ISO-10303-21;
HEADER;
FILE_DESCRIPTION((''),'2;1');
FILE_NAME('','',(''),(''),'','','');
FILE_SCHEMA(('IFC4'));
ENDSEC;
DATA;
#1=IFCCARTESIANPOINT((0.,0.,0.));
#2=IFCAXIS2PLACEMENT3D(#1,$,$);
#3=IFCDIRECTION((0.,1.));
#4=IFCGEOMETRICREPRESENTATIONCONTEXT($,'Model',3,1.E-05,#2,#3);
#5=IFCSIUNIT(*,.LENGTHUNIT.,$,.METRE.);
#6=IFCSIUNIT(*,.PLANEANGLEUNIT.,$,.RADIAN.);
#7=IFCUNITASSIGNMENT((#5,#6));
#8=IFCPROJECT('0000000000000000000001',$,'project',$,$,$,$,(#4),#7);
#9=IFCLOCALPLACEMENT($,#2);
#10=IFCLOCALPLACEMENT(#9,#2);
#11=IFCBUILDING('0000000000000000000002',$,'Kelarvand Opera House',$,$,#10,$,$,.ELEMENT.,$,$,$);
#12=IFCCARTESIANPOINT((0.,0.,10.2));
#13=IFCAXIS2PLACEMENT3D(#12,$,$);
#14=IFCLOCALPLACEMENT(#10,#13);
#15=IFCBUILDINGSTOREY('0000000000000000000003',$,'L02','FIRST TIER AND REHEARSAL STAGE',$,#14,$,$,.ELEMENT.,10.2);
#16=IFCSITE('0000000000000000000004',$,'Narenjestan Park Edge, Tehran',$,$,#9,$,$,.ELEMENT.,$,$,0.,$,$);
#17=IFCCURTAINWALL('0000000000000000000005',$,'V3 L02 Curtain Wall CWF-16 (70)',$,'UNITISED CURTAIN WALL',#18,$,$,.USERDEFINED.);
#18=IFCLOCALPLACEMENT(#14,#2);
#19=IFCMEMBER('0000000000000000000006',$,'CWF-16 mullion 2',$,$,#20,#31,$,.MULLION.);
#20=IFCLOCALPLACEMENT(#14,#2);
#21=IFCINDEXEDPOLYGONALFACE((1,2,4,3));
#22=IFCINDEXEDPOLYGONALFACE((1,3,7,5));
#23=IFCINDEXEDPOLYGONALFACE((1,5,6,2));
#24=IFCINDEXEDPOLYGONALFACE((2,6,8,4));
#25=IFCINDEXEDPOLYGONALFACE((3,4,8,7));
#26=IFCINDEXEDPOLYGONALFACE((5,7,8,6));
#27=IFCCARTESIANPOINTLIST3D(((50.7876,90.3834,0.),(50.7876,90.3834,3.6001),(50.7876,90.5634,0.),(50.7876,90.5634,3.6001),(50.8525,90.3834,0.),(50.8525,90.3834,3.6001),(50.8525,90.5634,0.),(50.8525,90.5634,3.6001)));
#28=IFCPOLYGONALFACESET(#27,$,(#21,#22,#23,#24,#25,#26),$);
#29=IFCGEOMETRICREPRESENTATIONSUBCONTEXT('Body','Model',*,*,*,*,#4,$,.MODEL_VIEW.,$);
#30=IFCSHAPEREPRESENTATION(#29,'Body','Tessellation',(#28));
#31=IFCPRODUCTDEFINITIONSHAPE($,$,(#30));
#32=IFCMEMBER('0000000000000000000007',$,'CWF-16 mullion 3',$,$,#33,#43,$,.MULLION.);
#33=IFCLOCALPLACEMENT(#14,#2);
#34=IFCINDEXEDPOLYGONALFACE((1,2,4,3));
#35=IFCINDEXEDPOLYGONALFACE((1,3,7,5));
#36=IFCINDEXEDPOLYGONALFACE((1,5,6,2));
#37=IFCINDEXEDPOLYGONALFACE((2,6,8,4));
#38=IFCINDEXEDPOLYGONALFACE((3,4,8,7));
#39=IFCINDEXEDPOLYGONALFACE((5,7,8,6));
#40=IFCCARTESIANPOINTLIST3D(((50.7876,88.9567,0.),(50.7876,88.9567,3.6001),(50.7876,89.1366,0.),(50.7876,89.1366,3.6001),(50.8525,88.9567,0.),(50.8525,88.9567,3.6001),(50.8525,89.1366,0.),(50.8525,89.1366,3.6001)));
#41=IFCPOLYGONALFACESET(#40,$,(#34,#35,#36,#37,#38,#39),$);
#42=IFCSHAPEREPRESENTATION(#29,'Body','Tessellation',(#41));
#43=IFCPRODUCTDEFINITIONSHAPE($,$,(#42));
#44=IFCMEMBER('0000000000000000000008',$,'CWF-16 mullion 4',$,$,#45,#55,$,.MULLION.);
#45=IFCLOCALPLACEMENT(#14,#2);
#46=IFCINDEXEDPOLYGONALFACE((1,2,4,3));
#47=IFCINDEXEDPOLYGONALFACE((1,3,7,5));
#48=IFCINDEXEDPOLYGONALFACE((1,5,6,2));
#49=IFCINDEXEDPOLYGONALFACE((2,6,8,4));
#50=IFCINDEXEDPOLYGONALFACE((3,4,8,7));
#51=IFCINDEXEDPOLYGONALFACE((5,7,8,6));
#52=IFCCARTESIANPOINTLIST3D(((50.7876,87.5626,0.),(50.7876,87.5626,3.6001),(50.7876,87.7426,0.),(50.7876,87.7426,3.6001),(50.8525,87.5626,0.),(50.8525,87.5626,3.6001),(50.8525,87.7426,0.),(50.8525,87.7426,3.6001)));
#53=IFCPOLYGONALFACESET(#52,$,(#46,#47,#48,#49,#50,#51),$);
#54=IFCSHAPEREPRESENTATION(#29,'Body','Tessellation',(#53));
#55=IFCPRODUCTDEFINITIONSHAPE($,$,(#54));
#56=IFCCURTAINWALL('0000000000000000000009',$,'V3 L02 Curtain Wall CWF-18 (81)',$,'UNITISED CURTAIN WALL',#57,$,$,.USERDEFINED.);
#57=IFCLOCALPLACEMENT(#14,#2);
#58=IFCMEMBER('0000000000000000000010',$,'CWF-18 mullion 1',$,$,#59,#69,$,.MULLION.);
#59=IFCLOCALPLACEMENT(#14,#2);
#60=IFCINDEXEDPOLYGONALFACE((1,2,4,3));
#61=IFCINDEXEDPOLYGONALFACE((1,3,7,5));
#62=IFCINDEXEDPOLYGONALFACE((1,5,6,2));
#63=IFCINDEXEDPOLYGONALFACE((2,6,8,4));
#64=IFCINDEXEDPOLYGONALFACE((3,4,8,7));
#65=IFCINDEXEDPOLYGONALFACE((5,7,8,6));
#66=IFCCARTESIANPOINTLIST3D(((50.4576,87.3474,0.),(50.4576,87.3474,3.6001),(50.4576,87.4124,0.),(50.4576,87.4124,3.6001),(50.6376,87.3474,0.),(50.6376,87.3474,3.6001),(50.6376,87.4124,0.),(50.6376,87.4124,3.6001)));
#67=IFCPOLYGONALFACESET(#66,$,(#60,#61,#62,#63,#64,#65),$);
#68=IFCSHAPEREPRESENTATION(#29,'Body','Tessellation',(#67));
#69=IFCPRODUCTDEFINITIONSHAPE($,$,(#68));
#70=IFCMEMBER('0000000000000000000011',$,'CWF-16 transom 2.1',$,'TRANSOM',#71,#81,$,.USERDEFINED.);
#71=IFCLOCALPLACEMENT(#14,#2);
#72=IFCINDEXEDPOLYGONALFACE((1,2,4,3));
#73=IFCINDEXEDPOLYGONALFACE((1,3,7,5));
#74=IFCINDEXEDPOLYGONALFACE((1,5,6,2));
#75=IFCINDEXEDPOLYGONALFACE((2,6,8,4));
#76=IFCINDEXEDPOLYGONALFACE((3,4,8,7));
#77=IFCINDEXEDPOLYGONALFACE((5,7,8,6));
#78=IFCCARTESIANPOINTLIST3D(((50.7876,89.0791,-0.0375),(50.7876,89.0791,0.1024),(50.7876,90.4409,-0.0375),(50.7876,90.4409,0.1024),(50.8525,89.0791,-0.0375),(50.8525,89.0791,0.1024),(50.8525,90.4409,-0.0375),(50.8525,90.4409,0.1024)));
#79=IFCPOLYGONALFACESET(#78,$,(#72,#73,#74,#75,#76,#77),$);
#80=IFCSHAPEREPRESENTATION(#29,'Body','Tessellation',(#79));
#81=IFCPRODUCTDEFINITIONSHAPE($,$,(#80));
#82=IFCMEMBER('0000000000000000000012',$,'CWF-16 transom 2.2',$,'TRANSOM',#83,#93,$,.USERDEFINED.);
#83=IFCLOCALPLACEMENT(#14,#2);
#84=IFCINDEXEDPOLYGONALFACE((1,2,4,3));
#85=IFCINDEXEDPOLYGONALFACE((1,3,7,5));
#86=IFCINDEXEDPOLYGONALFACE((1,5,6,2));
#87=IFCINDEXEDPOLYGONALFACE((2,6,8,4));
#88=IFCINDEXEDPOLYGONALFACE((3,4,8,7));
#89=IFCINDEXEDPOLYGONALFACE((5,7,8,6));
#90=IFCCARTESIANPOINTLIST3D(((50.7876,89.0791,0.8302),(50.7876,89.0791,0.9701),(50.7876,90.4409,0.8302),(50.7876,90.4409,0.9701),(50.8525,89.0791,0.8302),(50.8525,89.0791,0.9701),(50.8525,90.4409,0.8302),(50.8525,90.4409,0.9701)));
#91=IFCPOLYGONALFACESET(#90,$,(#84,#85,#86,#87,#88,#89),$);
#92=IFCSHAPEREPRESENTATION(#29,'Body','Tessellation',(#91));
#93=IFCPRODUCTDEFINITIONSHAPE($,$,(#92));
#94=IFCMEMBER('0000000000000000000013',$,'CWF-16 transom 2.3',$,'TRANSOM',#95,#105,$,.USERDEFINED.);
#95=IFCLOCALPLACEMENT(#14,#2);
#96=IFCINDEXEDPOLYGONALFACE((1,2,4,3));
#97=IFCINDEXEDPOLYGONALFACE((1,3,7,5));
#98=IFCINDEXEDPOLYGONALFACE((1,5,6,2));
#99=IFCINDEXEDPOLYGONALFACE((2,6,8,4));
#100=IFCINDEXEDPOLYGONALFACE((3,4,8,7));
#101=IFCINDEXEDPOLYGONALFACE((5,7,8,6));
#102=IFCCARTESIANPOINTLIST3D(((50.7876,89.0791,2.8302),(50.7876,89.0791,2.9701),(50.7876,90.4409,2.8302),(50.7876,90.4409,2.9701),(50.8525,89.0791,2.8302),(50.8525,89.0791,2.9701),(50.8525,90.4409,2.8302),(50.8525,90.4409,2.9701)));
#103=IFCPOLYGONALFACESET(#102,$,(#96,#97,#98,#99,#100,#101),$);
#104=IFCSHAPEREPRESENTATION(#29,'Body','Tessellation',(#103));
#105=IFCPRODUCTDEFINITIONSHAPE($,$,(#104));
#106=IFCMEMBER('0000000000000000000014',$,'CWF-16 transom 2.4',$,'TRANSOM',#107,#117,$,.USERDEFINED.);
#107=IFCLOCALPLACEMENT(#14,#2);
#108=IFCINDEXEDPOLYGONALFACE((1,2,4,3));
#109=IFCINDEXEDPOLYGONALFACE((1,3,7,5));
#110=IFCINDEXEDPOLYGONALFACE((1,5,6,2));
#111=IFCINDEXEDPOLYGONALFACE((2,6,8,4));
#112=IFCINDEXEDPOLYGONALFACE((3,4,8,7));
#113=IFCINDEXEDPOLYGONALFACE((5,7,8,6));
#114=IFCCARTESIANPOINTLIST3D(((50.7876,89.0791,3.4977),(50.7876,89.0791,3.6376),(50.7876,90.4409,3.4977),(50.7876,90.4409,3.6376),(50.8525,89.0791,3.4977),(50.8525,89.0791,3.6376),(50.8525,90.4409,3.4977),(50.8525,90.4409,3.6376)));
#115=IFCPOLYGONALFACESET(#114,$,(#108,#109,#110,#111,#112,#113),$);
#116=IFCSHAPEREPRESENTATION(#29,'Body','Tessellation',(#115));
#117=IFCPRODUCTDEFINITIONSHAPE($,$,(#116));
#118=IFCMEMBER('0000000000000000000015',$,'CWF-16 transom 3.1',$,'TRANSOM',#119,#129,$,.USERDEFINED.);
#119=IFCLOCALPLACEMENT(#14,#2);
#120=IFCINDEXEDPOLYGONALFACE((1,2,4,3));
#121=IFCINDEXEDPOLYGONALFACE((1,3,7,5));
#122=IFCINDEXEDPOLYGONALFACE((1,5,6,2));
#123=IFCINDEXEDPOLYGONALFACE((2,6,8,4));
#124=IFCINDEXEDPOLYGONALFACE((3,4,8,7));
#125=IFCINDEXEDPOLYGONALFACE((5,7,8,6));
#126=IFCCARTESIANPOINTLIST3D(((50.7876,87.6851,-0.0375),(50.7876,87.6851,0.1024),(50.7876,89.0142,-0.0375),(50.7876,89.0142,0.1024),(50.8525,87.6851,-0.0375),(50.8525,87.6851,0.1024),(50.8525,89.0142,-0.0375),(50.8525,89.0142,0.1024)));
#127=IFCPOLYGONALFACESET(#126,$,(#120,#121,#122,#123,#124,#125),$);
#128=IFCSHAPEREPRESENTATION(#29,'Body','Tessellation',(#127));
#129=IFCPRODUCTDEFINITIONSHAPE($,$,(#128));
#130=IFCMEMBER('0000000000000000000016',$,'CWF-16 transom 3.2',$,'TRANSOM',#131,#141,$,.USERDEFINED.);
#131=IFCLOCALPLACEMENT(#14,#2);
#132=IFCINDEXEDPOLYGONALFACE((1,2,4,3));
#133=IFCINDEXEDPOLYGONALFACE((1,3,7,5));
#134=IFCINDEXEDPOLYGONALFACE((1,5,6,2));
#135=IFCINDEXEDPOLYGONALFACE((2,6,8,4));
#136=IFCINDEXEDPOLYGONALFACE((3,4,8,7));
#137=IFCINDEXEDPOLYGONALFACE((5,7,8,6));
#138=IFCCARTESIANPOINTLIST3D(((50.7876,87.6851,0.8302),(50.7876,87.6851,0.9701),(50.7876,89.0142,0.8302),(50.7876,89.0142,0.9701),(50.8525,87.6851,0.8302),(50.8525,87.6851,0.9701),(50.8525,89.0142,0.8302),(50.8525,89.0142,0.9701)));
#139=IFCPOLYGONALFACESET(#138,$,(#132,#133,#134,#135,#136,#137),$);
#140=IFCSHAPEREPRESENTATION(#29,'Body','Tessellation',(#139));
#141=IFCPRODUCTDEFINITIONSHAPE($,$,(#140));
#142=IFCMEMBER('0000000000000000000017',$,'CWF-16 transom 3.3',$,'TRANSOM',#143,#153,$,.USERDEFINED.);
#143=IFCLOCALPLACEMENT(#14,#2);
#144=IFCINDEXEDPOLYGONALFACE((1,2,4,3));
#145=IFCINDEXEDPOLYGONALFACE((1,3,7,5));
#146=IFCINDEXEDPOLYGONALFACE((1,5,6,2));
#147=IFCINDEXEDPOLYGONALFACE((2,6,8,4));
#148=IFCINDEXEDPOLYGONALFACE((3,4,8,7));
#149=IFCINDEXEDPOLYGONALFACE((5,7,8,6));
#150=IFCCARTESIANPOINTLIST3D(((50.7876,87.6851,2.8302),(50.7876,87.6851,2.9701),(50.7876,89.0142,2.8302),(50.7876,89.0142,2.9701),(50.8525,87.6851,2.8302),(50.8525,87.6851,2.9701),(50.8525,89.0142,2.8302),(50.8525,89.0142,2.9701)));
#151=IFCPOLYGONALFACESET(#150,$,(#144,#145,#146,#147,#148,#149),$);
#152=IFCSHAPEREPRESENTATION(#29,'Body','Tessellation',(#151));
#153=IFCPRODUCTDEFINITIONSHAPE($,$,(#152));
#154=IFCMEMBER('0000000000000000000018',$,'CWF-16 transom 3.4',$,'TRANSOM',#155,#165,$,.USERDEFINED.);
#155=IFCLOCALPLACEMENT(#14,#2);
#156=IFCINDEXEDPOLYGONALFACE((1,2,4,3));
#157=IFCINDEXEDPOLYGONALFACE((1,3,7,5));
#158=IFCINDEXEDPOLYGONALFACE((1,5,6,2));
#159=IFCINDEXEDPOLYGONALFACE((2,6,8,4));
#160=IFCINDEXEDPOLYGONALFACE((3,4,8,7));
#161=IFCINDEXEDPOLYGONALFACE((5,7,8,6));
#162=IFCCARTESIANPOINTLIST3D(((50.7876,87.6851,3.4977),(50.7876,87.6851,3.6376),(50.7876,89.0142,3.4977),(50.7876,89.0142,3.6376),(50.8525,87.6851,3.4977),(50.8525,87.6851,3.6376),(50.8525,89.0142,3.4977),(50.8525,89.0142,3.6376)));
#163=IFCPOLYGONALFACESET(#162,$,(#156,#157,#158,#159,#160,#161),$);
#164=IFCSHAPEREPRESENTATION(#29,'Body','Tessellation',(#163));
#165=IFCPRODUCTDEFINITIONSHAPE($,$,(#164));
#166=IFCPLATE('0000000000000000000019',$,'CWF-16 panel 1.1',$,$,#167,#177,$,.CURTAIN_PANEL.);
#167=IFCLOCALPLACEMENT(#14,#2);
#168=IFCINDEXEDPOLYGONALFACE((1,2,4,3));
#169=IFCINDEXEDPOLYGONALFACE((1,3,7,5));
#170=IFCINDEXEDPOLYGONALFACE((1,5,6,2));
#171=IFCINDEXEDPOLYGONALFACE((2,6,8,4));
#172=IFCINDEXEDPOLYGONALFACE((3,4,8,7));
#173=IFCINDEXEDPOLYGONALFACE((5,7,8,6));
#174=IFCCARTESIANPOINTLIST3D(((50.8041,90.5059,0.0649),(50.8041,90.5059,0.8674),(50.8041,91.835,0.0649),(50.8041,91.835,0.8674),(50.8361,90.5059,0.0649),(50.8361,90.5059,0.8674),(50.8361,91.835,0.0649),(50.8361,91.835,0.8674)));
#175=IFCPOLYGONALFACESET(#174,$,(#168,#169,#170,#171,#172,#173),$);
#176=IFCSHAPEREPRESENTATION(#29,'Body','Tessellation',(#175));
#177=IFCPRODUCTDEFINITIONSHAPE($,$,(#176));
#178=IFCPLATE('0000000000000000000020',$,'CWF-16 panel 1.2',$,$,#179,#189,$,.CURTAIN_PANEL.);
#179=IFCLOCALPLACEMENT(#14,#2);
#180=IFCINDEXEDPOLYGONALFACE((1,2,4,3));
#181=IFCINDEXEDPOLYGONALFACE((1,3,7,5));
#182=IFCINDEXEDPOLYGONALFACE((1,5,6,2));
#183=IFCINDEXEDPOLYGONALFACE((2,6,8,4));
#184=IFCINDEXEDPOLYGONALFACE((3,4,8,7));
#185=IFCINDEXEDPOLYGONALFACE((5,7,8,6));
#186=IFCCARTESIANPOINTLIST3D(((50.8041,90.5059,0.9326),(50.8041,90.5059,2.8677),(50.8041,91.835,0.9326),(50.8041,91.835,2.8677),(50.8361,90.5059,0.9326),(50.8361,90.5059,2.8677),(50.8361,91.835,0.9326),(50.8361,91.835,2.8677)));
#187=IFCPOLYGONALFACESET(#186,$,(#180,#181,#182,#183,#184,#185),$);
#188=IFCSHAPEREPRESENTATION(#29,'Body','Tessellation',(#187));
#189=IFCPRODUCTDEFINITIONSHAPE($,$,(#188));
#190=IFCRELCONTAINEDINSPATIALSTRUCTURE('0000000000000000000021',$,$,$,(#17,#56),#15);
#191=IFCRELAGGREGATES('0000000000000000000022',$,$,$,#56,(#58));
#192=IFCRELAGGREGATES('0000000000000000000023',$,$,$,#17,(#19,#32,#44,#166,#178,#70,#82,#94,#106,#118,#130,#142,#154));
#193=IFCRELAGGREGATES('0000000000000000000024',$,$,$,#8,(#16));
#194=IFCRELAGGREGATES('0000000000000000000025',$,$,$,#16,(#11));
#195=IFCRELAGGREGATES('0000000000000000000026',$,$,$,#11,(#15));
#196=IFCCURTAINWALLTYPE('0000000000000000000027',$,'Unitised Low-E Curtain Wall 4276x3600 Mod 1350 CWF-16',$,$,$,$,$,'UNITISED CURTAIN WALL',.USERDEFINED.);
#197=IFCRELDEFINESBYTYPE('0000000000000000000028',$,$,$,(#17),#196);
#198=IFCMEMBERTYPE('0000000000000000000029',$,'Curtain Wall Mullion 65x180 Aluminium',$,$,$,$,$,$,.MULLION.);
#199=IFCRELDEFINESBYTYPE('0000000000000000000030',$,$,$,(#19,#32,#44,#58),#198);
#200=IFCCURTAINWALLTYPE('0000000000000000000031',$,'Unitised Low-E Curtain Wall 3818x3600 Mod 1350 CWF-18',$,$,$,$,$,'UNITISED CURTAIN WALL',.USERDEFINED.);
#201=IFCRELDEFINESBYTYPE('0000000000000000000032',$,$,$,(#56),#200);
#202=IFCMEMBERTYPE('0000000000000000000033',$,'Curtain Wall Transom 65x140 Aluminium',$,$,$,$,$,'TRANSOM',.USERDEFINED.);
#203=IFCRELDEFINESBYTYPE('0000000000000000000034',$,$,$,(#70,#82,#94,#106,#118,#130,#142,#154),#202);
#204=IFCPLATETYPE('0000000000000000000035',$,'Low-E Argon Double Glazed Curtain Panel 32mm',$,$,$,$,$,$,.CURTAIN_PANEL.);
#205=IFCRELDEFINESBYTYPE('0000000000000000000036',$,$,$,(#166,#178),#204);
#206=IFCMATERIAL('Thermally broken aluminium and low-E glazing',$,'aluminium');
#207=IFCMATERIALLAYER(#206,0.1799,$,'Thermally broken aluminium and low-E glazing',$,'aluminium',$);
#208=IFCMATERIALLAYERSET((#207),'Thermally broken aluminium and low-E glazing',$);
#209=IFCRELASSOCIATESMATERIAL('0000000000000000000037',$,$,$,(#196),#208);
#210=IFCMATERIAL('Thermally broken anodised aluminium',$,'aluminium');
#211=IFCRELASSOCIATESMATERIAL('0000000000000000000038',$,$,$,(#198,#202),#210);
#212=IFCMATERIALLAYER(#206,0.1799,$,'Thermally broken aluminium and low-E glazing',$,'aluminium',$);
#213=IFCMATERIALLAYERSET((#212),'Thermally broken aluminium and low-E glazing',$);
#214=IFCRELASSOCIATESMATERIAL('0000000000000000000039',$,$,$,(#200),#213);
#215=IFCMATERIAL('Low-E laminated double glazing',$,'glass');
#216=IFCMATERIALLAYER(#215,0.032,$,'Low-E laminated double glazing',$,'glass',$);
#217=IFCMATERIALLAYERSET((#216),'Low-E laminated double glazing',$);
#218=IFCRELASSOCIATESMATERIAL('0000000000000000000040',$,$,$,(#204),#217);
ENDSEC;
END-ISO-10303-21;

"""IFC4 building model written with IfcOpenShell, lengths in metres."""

from ifc_helpers import new_model, si_unit, direction, frame, origin, origin_2d, place, context, subcontext, project, spatial, rectangle, extrude, material, layer, layer_set, material_profile, profile_set, type_object, element, aggregate, save


model = new_model("IFC4")

# Units and contexts
model_context = context("Model", 3, precision=1e-05, world=origin(), true_north=direction((0.0, 1.0)))
body_context = subcontext(model_context, "Body", "Model", "MODEL_VIEW")
ifc_project = project(units=[si_unit("LENGTHUNIT", "METRE"), si_unit("PLANEANGLEUNIT", "RADIAN")], contexts=[model_context])

# Site, building, storey
site_placement = place(None, origin())
site = spatial("IfcSite", under=ifc_project, at=site_placement, Name="Narenjestan Park Edge, Tehran", CompositionType="ELEMENT", RefElevation=0.0)
building_placement = place(site_placement, origin())
building = spatial("IfcBuilding", under=site, at=building_placement, Name="Kelarvand Opera House", CompositionType="ELEMENT")
storey_placement = place(building_placement, frame((0.0, 0.0, 10.2)))
storey = spatial("IfcBuildingStorey", under=building, at=storey_placement, Name="L02", Description="FIRST TIER AND REHEARSAL STAGE", CompositionType="ELEMENT", Elevation=10.2)

# Curtain wall, members
ifc_material_1 = material(Name="Thermally broken aluminium and low-E glazing", Category="aluminium")
ifc_layer_1 = layer(ifc_material_1, 0.1799, Name="Thermally broken aluminium and low-E glazing", Category="aluminium")
ifc_layer_set_1 = layer_set([ifc_layer_1], Name="Thermally broken aluminium and low-E glazing")
curtain_wall_type_1 = type_object("IfcCurtainWallType", Name="Unitised Low-E Curtain Wall 4276x3600 Mod 1350 CWF-16", ElementType="UNITISED CURTAIN WALL", PredefinedType="USERDEFINED", material=ifc_layer_set_1)
curtain_wall_1_placement = place(storey_placement, origin())
curtain_wall_1 = element("IfcCurtainWall", 1, at=curtain_wall_1_placement, inside=storey, type_object=curtain_wall_type_1, Name="V3 L02 Curtain Wall CWF-16 (70)", ObjectType="UNITISED CURTAIN WALL", PredefinedType="USERDEFINED")
ifc_material_2 = material(Name="Thermally broken anodised aluminium", Category="aluminium")
ifc_material_profile_1 = material_profile(ifc_material_2, rectangle(XDim=0.0649, YDim=0.1799, at=origin_2d()), Name="ALU MULLION 65x180", Category="aluminium")
ifc_profile_set_1 = profile_set([ifc_material_profile_1], Name="Thermally broken anodised aluminium")
member_type_1 = type_object("IfcMemberType", Name="Curtain Wall Mullion 65x180 Aluminium", PredefinedType="MULLION", material=ifc_profile_set_1)
member_1_placement = place(storey_placement, frame((50.8201, 90.4734, 0.0), z_axis=(0.0, 0.0, 1.0), x_axis=(1.0, 0.0, 0.0)))
member_1 = element("IfcMember", 2, at=member_1_placement, type_object=member_type_1, Name="CWF-16 mullion 2", PredefinedType="MULLION", context=body_context, shape_type="SweptSolid", body=[
    extrude(rectangle(XDim=0.0649, YDim=0.1799, at=origin_2d()), origin(), (0.0, 0.0, 1.0), 3.6001),
])
member_2_placement = place(storey_placement, frame((50.8201, 89.0466, 0.0), z_axis=(0.0, 0.0, 1.0), x_axis=(1.0, 0.0, 0.0)))
member_2 = element("IfcMember", 3, at=member_2_placement, type_object=member_type_1, Name="CWF-16 mullion 3", PredefinedType="MULLION", context=body_context, shape_type="SweptSolid", body=[
    extrude(rectangle(XDim=0.0649, YDim=0.1799, at=origin_2d()), origin(), (0.0, 0.0, 1.0), 3.6001),
])
member_3_placement = place(storey_placement, frame((50.8201, 87.6526, 0.0), z_axis=(0.0, 0.0, 1.0), x_axis=(1.0, 0.0, 0.0)))
member_3 = element("IfcMember", 4, at=member_3_placement, type_object=member_type_1, Name="CWF-16 mullion 4", PredefinedType="MULLION", context=body_context, shape_type="SweptSolid", body=[
    extrude(rectangle(XDim=0.0649, YDim=0.1799, at=origin_2d()), origin(), (0.0, 0.0, 1.0), 3.6001),
])

# Curtain wall, member
ifc_layer_2 = layer(ifc_material_1, 0.1799, Name="Thermally broken aluminium and low-E glazing", Category="aluminium")
ifc_layer_set_2 = layer_set([ifc_layer_2], Name="Thermally broken aluminium and low-E glazing")
curtain_wall_type_2 = type_object("IfcCurtainWallType", Name="Unitised Low-E Curtain Wall 3818x3600 Mod 1350 CWF-18", ElementType="UNITISED CURTAIN WALL", PredefinedType="USERDEFINED", material=ifc_layer_set_2)
curtain_wall_2_placement = place(storey_placement, origin())
curtain_wall_2 = element("IfcCurtainWall", 5, at=curtain_wall_2_placement, inside=storey, type_object=curtain_wall_type_2, Name="V3 L02 Curtain Wall CWF-18 (81)", ObjectType="UNITISED CURTAIN WALL", PredefinedType="USERDEFINED")
member_4_placement = place(storey_placement, frame((50.5476, 87.3799, 0.0), z_axis=(0.0, 0.0, 1.0), x_axis=(0.0, -1.0, 0.0)))
member_4 = element("IfcMember", 6, at=member_4_placement, type_object=member_type_1, Name="CWF-18 mullion 1", PredefinedType="MULLION", context=body_context, shape_type="SweptSolid", body=[
    extrude(rectangle(XDim=0.0649, YDim=0.1799, at=origin_2d()), origin(), (0.0, 0.0, 1.0), 3.6001),
])
aggregate(curtain_wall_2, [member_4])

# Members
ifc_material_profile_2 = material_profile(ifc_material_2, rectangle(XDim=0.0649, YDim=0.1399, at=origin_2d()), Name="ALU TRANSOM 65x140", Category="aluminium")
ifc_profile_set_2 = profile_set([ifc_material_profile_2], Name="Thermally broken anodised aluminium")
member_type_2 = type_object("IfcMemberType", Name="Curtain Wall Transom 65x140 Aluminium", ElementType="TRANSOM", PredefinedType="USERDEFINED", material=ifc_profile_set_2)
member_5_placement = place(storey_placement, frame((50.8201, 90.4409, 0.0325), z_axis=(0.0, -1.0, 0.0), x_axis=(1.0, 0.0, 0.0)))
member_5 = element("IfcMember", 7, at=member_5_placement, type_object=member_type_2, Name="CWF-16 transom 2.1", ObjectType="TRANSOM", PredefinedType="USERDEFINED", context=body_context, shape_type="SweptSolid", body=[
    extrude(rectangle(XDim=0.0649, YDim=0.1399, at=origin_2d()), origin(), (0.0, 0.0, 1.0), 1.3618),
])
member_6_placement = place(storey_placement, frame((50.8201, 90.4409, 0.9001), z_axis=(0.0, -1.0, 0.0), x_axis=(1.0, 0.0, 0.0)))
member_6 = element("IfcMember", 8, at=member_6_placement, type_object=member_type_2, Name="CWF-16 transom 2.2", ObjectType="TRANSOM", PredefinedType="USERDEFINED", context=body_context, shape_type="SweptSolid", body=[
    extrude(rectangle(XDim=0.0649, YDim=0.1399, at=origin_2d()), origin(), (0.0, 0.0, 1.0), 1.3618),
])
member_7_placement = place(storey_placement, frame((50.8201, 90.4409, 2.9001), z_axis=(0.0, -1.0, 0.0), x_axis=(1.0, 0.0, 0.0)))
member_7 = element("IfcMember", 9, at=member_7_placement, type_object=member_type_2, Name="CWF-16 transom 2.3", ObjectType="TRANSOM", PredefinedType="USERDEFINED", context=body_context, shape_type="SweptSolid", body=[
    extrude(rectangle(XDim=0.0649, YDim=0.1399, at=origin_2d()), origin(), (0.0, 0.0, 1.0), 1.3618),
])
member_8_placement = place(storey_placement, frame((50.8201, 90.4409, 3.5676), z_axis=(0.0, -1.0, 0.0), x_axis=(1.0, 0.0, 0.0)))
member_8 = element("IfcMember", 10, at=member_8_placement, type_object=member_type_2, Name="CWF-16 transom 2.4", ObjectType="TRANSOM", PredefinedType="USERDEFINED", context=body_context, shape_type="SweptSolid", body=[
    extrude(rectangle(XDim=0.0649, YDim=0.1399, at=origin_2d()), origin(), (0.0, 0.0, 1.0), 1.3618),
])
member_9_placement = place(storey_placement, frame((50.8201, 89.0142, 0.0325), z_axis=(0.0, -1.0, 0.0), x_axis=(1.0, 0.0, 0.0)))
member_9 = element("IfcMember", 11, at=member_9_placement, type_object=member_type_2, Name="CWF-16 transom 3.1", ObjectType="TRANSOM", PredefinedType="USERDEFINED", context=body_context, shape_type="SweptSolid", body=[
    extrude(rectangle(XDim=0.0649, YDim=0.1399, at=origin_2d()), origin(), (0.0, 0.0, 1.0), 1.3291),
])
member_10_placement = place(storey_placement, frame((50.8201, 89.0142, 0.9001), z_axis=(0.0, -1.0, 0.0), x_axis=(1.0, 0.0, 0.0)))
member_10 = element("IfcMember", 12, at=member_10_placement, type_object=member_type_2, Name="CWF-16 transom 3.2", ObjectType="TRANSOM", PredefinedType="USERDEFINED", context=body_context, shape_type="SweptSolid", body=[
    extrude(rectangle(XDim=0.0649, YDim=0.1399, at=origin_2d()), origin(), (0.0, 0.0, 1.0), 1.3291),
])
member_11_placement = place(storey_placement, frame((50.8201, 89.0142, 2.9001), z_axis=(0.0, -1.0, 0.0), x_axis=(1.0, 0.0, 0.0)))
member_11 = element("IfcMember", 13, at=member_11_placement, type_object=member_type_2, Name="CWF-16 transom 3.3", ObjectType="TRANSOM", PredefinedType="USERDEFINED", context=body_context, shape_type="SweptSolid", body=[
    extrude(rectangle(XDim=0.0649, YDim=0.1399, at=origin_2d()), origin(), (0.0, 0.0, 1.0), 1.3291),
])
member_12_placement = place(storey_placement, frame((50.8201, 89.0142, 3.5676), z_axis=(0.0, -1.0, 0.0), x_axis=(1.0, 0.0, 0.0)))
member_12 = element("IfcMember", 14, at=member_12_placement, type_object=member_type_2, Name="CWF-16 transom 3.4", ObjectType="TRANSOM", PredefinedType="USERDEFINED", context=body_context, shape_type="SweptSolid", body=[
    extrude(rectangle(XDim=0.0649, YDim=0.1399, at=origin_2d()), origin(), (0.0, 0.0, 1.0), 1.3291),
])

# Plates
ifc_material_3 = material(Name="Low-E laminated double glazing", Category="glass")
ifc_layer_3 = layer(ifc_material_3, 0.032, Name="Low-E laminated double glazing", Category="glass")
ifc_layer_set_3 = layer_set([ifc_layer_3], Name="Low-E laminated double glazing")
plate_type = type_object("IfcPlateType", Name="Low-E Argon Double Glazed Curtain Panel 32mm", PredefinedType="CURTAIN_PANEL", material=ifc_layer_set_3)
plate_1_placement = place(storey_placement, frame((50.8201, 91.1704, 0.0649), z_axis=(0.0, 0.0, 1.0), x_axis=(0.0, -1.0, 0.0)))
plate_1 = element("IfcPlate", 15, at=plate_1_placement, type_object=plate_type, Name="CWF-16 panel 1.1", PredefinedType="CURTAIN_PANEL", context=body_context, shape_type="SweptSolid", body=[
    extrude(rectangle(XDim=1.3291, YDim=0.032, at=origin_2d()), origin(), (0.0, 0.0, 1.0), 0.8025),
])
plate_2_placement = place(storey_placement, frame((50.8201, 91.1704, 0.9326), z_axis=(0.0, 0.0, 1.0), x_axis=(0.0, -1.0, 0.0)))
plate_2 = element("IfcPlate", 16, at=plate_2_placement, type_object=plate_type, Name="CWF-16 panel 1.2", PredefinedType="CURTAIN_PANEL", context=body_context, shape_type="SweptSolid", body=[
    extrude(rectangle(XDim=1.3291, YDim=0.032, at=origin_2d()), origin(), (0.0, 0.0, 1.0), 1.9351),
])
aggregate(curtain_wall_1, [member_1, member_2, member_3, plate_1, plate_2, member_5, member_6, member_7, member_8, member_9, member_10, member_11, member_12])

save(model, "model.ifc")
